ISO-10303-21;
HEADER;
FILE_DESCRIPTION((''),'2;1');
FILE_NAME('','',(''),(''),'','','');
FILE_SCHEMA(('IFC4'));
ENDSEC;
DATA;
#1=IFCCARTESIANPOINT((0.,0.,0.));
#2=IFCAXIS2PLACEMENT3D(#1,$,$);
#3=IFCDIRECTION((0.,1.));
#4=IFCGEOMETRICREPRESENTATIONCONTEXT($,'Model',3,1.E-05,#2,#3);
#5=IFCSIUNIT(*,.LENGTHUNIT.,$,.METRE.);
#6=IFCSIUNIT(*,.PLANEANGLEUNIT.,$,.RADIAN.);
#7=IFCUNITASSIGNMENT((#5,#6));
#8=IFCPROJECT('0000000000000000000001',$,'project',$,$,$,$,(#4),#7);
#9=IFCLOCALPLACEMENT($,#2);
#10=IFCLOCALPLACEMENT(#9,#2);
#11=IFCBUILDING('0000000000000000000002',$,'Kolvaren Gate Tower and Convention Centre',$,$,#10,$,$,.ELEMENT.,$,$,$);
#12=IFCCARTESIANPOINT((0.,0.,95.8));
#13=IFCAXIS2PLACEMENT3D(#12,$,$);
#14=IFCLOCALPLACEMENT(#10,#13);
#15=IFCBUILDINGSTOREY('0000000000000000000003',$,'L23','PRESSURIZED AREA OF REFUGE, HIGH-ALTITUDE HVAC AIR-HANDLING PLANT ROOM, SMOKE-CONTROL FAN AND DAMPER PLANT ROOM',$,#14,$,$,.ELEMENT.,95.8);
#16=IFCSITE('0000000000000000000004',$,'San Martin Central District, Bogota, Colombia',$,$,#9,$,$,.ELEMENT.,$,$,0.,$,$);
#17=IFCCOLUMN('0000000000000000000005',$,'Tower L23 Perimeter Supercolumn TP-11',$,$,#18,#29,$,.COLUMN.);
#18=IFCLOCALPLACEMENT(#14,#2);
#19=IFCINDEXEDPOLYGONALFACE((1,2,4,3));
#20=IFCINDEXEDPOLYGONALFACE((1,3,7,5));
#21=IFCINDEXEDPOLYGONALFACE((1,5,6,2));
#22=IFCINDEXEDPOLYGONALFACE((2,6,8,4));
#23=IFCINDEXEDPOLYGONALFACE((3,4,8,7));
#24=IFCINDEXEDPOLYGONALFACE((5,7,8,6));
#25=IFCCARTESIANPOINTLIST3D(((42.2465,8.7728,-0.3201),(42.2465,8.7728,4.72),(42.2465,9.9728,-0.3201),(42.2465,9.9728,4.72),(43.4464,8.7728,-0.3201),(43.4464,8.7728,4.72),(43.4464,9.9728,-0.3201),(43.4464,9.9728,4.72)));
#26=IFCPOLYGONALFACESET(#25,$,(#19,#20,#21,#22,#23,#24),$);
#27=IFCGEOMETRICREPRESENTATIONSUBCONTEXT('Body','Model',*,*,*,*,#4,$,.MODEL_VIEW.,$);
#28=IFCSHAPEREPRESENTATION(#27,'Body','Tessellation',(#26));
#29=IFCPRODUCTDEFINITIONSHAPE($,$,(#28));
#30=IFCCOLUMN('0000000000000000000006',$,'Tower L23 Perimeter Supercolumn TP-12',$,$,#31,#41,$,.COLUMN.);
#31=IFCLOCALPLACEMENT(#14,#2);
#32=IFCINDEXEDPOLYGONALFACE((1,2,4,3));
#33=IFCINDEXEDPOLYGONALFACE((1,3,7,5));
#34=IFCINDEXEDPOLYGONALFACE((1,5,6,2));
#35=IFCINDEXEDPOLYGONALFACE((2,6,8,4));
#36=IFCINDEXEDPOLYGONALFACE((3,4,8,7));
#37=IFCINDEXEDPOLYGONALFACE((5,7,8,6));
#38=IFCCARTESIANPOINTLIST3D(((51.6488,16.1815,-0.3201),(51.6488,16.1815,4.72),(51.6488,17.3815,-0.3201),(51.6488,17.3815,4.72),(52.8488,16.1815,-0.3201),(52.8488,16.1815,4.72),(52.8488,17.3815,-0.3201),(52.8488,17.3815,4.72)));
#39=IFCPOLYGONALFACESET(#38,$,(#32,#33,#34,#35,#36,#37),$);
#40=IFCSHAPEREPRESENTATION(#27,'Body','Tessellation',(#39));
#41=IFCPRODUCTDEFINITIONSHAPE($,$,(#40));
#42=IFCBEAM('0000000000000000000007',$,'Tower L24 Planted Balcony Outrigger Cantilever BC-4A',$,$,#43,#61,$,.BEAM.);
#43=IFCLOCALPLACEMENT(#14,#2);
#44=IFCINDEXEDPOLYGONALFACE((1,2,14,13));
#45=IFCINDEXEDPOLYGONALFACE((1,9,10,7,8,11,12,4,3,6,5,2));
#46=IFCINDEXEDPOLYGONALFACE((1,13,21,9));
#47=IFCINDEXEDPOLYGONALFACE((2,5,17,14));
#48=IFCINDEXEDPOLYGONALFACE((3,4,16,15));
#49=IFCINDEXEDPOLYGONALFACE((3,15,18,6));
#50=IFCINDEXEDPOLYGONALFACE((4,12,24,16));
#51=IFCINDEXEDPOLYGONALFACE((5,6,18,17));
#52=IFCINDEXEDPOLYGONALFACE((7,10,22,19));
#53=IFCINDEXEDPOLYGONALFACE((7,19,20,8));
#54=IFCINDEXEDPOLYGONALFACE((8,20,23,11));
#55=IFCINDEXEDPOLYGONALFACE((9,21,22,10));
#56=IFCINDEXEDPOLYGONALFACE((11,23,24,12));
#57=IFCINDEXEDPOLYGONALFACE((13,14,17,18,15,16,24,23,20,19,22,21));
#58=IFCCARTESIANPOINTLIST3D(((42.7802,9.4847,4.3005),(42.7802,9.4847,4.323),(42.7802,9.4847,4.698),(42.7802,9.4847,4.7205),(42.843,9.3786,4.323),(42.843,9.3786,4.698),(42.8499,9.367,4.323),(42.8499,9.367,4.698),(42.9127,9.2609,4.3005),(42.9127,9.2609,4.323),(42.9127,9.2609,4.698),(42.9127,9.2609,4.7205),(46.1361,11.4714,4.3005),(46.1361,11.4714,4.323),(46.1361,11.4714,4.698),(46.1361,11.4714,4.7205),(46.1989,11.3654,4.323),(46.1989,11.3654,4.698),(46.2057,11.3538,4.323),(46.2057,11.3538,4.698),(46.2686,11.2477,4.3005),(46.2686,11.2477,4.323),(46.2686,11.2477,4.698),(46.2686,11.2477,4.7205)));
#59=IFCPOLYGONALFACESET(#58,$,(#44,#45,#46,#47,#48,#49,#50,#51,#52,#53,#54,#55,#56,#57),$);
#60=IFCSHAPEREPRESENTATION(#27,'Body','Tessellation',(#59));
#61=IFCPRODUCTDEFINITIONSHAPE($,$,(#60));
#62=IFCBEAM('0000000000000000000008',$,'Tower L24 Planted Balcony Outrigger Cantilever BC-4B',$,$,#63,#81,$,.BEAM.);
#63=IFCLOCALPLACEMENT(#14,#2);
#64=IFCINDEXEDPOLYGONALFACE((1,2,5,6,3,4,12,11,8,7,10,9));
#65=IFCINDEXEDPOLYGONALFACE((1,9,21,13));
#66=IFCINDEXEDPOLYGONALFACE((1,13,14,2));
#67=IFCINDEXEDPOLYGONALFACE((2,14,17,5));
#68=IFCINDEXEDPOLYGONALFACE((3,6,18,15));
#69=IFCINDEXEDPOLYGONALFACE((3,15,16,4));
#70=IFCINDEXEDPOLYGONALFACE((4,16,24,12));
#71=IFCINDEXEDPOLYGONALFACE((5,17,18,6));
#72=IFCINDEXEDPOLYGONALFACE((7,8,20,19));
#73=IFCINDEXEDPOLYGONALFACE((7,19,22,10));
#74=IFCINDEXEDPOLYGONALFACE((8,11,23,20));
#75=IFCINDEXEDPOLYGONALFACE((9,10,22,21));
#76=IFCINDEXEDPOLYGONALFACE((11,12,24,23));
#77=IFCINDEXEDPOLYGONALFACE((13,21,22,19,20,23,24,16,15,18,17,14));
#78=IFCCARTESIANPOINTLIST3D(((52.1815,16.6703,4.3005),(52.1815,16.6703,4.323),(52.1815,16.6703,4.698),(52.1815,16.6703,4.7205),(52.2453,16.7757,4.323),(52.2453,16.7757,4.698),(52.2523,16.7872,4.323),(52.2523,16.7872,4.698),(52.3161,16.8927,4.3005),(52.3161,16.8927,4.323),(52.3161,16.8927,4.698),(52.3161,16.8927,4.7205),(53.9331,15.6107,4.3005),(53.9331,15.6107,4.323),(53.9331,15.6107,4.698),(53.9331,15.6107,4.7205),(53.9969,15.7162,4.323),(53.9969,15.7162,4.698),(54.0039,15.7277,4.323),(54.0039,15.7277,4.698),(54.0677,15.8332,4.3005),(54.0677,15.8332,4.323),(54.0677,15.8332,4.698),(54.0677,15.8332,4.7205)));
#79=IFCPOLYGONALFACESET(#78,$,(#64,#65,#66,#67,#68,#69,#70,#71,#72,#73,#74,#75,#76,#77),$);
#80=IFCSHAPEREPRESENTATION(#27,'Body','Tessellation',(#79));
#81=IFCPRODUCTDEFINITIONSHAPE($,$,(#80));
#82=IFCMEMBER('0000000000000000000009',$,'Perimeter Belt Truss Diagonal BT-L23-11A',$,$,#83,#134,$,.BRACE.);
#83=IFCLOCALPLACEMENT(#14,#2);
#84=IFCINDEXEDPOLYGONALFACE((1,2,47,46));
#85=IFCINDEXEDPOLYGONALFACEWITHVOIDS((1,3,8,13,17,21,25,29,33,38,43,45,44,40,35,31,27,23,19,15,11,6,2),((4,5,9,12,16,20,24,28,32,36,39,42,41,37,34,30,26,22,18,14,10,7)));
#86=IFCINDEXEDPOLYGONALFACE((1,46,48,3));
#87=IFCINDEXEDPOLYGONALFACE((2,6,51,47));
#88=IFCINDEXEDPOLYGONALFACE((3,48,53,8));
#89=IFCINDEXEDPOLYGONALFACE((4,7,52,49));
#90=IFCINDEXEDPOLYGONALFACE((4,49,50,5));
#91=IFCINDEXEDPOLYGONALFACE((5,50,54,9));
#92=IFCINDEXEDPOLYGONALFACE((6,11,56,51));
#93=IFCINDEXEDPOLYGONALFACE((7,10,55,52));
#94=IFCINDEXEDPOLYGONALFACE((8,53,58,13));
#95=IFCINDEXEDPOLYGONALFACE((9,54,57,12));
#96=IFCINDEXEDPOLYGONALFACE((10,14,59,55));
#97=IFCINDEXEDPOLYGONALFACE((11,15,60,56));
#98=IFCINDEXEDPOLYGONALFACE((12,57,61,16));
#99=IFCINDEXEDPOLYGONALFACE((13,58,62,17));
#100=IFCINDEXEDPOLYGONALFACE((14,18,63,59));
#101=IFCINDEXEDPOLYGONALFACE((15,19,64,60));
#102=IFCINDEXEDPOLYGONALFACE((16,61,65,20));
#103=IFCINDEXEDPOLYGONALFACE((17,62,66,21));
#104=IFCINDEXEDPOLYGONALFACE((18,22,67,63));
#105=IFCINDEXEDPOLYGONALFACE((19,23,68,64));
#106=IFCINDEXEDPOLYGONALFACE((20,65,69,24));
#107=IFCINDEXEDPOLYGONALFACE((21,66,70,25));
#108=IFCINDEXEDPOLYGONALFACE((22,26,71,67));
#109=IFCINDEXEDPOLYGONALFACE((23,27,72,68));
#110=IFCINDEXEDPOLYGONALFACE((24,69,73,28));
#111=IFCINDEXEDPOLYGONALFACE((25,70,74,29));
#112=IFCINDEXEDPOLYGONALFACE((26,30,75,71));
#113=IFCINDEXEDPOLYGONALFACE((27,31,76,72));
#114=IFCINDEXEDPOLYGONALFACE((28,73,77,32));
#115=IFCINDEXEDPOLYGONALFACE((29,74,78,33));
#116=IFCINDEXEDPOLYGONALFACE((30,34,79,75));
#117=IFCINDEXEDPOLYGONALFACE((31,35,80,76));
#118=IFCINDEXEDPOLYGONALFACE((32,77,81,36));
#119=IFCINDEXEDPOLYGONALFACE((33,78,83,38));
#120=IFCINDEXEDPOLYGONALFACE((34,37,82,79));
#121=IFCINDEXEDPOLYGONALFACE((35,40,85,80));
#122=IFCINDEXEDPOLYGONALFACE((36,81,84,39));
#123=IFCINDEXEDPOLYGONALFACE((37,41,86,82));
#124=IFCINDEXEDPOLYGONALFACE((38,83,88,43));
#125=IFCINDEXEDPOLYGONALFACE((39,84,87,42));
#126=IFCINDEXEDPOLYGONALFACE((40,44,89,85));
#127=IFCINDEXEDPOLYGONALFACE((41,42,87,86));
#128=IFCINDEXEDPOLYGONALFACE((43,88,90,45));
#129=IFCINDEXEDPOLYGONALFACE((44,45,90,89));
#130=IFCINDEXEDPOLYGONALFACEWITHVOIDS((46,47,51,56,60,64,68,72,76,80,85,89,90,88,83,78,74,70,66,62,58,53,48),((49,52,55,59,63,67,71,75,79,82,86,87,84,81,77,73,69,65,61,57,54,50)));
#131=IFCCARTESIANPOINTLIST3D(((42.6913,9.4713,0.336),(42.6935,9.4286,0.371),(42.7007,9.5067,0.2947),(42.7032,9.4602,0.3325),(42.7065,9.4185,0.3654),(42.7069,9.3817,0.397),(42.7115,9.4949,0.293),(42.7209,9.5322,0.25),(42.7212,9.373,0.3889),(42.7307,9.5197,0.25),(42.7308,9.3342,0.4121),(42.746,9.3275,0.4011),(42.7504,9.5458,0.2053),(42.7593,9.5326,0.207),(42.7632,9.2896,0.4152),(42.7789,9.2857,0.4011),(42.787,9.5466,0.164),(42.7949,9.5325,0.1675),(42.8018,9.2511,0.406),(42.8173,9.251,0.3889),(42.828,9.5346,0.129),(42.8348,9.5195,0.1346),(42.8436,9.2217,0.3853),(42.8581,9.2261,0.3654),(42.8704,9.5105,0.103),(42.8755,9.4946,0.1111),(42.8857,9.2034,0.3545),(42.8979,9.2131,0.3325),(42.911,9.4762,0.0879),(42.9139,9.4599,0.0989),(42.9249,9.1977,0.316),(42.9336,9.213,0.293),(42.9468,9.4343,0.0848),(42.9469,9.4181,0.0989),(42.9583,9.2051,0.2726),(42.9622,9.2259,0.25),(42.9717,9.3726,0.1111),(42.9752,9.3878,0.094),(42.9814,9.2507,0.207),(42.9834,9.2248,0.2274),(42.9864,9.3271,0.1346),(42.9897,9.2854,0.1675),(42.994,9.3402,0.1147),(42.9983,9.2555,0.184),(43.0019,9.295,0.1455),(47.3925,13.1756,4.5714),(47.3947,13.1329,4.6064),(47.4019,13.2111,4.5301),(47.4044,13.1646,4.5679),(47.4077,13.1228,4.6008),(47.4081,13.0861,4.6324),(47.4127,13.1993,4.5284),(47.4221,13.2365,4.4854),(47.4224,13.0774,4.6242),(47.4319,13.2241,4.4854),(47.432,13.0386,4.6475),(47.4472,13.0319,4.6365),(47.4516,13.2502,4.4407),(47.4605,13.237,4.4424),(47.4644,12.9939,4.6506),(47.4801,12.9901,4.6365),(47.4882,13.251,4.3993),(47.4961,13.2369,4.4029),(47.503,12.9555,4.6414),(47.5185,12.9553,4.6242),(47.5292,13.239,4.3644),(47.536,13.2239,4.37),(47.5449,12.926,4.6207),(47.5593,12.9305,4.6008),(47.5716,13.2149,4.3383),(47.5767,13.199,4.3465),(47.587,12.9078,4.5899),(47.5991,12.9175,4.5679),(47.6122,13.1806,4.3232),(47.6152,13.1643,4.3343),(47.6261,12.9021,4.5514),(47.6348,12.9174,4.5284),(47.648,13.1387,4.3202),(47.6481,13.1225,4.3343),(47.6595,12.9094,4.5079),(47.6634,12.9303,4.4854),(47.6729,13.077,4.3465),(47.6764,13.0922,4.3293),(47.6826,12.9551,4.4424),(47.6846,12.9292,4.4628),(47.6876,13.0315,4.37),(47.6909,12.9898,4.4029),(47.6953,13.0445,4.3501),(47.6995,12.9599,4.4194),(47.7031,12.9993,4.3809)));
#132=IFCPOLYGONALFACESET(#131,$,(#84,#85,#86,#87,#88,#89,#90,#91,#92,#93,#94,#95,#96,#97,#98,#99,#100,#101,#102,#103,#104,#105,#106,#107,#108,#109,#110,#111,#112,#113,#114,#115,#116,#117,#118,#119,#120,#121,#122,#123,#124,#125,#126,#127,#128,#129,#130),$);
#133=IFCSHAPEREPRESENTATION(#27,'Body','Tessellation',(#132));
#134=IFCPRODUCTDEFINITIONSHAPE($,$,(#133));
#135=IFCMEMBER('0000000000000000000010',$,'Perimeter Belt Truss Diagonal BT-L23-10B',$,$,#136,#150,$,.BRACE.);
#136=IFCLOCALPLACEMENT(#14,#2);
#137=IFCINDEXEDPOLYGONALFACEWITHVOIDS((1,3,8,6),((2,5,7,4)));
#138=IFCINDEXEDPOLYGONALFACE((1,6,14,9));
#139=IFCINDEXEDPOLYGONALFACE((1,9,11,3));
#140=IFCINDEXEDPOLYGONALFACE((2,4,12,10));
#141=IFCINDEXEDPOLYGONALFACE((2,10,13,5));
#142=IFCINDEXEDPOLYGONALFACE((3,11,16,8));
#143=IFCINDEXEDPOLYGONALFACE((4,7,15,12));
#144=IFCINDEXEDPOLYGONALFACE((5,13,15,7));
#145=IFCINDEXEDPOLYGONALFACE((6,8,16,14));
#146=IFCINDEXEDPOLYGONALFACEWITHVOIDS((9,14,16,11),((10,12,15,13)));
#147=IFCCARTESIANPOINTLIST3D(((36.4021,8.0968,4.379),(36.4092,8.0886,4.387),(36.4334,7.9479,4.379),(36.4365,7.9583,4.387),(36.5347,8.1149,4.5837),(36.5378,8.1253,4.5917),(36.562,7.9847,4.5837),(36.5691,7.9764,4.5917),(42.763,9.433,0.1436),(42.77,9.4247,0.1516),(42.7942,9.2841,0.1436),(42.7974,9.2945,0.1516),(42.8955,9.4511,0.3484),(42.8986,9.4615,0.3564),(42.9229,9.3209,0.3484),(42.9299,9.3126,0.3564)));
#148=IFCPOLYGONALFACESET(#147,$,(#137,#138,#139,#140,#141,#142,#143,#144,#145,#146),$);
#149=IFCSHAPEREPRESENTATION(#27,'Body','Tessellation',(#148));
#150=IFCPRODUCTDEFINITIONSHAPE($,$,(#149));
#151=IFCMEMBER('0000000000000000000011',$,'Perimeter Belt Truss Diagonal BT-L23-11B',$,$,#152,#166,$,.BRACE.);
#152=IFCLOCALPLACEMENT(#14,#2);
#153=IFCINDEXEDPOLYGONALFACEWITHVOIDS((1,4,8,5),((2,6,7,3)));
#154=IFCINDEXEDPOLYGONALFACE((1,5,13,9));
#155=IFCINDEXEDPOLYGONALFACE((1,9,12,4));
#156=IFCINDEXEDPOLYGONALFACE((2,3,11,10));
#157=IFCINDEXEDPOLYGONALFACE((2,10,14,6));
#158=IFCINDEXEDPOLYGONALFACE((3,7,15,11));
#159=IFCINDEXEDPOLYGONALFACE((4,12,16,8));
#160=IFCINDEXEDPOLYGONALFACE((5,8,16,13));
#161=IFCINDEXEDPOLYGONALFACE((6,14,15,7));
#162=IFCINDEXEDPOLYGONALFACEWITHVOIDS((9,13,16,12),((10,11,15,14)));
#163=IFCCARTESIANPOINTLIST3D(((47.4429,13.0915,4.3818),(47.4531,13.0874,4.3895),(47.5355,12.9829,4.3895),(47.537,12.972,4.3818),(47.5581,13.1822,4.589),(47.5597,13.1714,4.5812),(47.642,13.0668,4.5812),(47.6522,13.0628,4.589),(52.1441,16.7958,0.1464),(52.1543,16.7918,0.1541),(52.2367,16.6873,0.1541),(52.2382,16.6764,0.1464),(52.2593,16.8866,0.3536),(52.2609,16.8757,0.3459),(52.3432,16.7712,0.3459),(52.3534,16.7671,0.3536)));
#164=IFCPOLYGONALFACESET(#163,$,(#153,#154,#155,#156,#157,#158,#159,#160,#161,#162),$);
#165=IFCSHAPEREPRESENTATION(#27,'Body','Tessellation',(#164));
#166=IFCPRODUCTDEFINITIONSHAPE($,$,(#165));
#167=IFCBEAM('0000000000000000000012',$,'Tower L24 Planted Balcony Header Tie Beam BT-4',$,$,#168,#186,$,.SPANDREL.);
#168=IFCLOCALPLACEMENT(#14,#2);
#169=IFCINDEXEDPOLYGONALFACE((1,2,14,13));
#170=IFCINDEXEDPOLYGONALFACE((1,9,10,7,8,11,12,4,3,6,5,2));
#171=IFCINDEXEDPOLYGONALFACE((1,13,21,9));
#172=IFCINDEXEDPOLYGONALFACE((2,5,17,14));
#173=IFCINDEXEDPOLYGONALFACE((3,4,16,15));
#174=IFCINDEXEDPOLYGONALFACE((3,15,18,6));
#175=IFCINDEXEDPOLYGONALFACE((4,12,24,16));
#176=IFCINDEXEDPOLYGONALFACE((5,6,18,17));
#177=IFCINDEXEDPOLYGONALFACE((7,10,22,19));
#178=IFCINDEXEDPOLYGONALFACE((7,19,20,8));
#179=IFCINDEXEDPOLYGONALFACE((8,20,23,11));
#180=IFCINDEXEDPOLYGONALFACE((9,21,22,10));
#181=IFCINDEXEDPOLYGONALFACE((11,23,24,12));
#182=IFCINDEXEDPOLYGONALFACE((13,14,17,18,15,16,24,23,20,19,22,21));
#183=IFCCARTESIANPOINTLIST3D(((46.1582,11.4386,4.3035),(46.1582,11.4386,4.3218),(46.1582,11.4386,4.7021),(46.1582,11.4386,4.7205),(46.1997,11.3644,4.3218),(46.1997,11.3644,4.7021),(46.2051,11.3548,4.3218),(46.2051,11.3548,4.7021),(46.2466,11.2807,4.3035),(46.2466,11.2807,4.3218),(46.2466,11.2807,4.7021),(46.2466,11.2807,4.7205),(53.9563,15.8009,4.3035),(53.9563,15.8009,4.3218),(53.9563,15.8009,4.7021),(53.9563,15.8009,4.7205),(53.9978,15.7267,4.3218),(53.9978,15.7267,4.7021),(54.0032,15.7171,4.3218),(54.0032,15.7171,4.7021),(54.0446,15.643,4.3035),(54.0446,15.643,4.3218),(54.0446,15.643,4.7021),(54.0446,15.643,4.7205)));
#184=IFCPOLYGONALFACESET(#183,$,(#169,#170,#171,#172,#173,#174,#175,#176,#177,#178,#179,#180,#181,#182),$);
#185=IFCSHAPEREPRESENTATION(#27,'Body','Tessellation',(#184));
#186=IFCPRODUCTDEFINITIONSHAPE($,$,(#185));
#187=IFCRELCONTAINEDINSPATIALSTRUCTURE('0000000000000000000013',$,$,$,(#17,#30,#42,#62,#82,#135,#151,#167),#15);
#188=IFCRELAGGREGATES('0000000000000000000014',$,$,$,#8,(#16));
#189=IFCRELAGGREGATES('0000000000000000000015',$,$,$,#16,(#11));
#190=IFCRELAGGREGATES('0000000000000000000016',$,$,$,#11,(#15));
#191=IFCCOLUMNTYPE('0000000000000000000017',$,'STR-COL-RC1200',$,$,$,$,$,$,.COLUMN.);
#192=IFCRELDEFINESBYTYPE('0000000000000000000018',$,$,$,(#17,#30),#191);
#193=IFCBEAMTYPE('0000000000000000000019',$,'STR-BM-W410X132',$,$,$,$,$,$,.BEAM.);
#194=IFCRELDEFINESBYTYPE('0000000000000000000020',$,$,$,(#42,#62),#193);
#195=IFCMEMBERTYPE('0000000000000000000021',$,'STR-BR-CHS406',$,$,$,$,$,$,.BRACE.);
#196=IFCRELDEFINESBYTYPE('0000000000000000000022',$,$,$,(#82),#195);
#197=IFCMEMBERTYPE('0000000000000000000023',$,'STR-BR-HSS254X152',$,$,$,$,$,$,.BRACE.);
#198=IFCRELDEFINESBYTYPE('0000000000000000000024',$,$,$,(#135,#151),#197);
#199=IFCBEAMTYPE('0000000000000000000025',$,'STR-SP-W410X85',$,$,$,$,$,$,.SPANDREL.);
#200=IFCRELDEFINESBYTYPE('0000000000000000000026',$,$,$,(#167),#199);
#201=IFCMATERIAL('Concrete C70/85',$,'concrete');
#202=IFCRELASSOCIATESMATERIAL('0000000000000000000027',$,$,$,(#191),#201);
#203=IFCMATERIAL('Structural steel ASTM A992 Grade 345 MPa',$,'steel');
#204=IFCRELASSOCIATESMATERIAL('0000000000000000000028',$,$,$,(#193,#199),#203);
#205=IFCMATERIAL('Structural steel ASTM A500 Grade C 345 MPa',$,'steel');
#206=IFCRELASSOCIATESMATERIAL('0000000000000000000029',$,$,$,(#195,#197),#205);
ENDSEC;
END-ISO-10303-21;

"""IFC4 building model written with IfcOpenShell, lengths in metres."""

from ifc_helpers import new_model, si_unit, direction, frame, origin, origin_2d, place, context, subcontext, project, spatial, rectangle, hollow_rectangle, hollow_circle, i_section, extrude, material, material_profile, profile_set, type_object, element, save


model = new_model("IFC4")

# Units and contexts
model_context = context("Model", 3, precision=1e-05, world=origin(), true_north=direction((0.0, 1.0)))
body_context = subcontext(model_context, "Body", "Model", "MODEL_VIEW")
ifc_project = project(units=[si_unit("LENGTHUNIT", "METRE"), si_unit("PLANEANGLEUNIT", "RADIAN")], contexts=[model_context])

# Site, building, storey
site_placement = place(None, origin())
site = spatial("IfcSite", under=ifc_project, at=site_placement, Name="San Martin Central District, Bogota, Colombia", CompositionType="ELEMENT", RefElevation=0.0)
building_placement = place(site_placement, origin())
building = spatial("IfcBuilding", under=site, at=building_placement, Name="Kolvaren Gate Tower and Convention Centre", CompositionType="ELEMENT")
storey_placement = place(building_placement, frame((0.0, 0.0, 95.8)))
storey = spatial("IfcBuildingStorey", under=building, at=storey_placement, Name="L23", Description="PRESSURIZED AREA OF REFUGE, HIGH-ALTITUDE HVAC AIR-HANDLING PLANT ROOM, SMOKE-CONTROL FAN AND DAMPER PLANT ROOM", CompositionType="ELEMENT", Elevation=95.8)

# Columns
ifc_material_1 = material(Name="Concrete C70/85", Category="concrete")
ifc_material_profile_1 = material_profile(ifc_material_1, rectangle(XDim=1.2, YDim=1.2, at=origin_2d()), Name="RC-COL-1200X1200")
ifc_profile_set_1 = profile_set([ifc_material_profile_1], Name="Concrete C70/85")
column_type = type_object("IfcColumnType", Name="STR-COL-RC1200", PredefinedType="COLUMN", material=ifc_profile_set_1)
for number, where, z_axis, x_axis, name in (
    (1, (42.8464, 9.3728, -0.3201), (0.0, 0.0, 1.0), (1.0, 0.0, 0.0), "Tower L23 Perimeter Supercolumn TP-11"),
    (2, (52.2488, 16.7815, -0.3201), (0.0, 0.0, 1.0), (1.0, 0.0, 0.0), "Tower L23 Perimeter Supercolumn TP-12"),
):
    element("IfcColumn", number, at=place(storey_placement, frame(where, z_axis=z_axis, x_axis=x_axis)), inside=storey, type_object=column_type, Name=name, PredefinedType="COLUMN", context=body_context, shape_type="SweptSolid", body=[
        extrude(rectangle(XDim=1.2, YDim=1.2, at=origin_2d()), origin(), (0.0, 0.0, 1.0), 5.04),
    ])

# Beams
ifc_material_2 = material(Name="Structural steel ASTM A992 Grade 345 MPa", Category="steel")
ifc_material_profile_2 = material_profile(ifc_material_2, i_section(OverallWidth=0.26, OverallDepth=0.4199, WebThickness=0.0134, FlangeThickness=0.0225, at=origin_2d()), Name="W410X132")
ifc_profile_set_2 = profile_set([ifc_material_profile_2], Name="Structural steel ASTM A992 Grade 345 MPa")
beam_type_1 = type_object("IfcBeamType", Name="STR-BM-W410X132", PredefinedType="BEAM", material=ifc_profile_set_2)
beam_1_placement = place(storey_placement, frame((42.8464, 9.3728, 4.5105), z_axis=(0.860505, 0.509442, 0.0), x_axis=(-0.509442, 0.860505, 0.0)))
element("IfcBeam", 3, at=beam_1_placement, inside=storey, type_object=beam_type_1, Name="Tower L24 Planted Balcony Outrigger Cantilever BC-4A", PredefinedType="BEAM", context=body_context, shape_type="SweptSolid", body=[
    extrude(i_section(OverallWidth=0.26, OverallDepth=0.4199, WebThickness=0.0134, FlangeThickness=0.0225, at=origin_2d()), origin(), (0.0, 0.0, 1.0), 3.8999),
])
beam_2_placement = place(storey_placement, frame((52.2488, 16.7815, 4.5105), z_axis=(0.855646, -0.517561, 0.0), x_axis=(0.517561, 0.855646, 0.0)))
element("IfcBeam", 4, at=beam_2_placement, inside=storey, type_object=beam_type_1, Name="Tower L24 Planted Balcony Outrigger Cantilever BC-4B", PredefinedType="BEAM", context=body_context, shape_type="SweptSolid", body=[
    extrude(i_section(OverallWidth=0.26, OverallDepth=0.4199, WebThickness=0.0134, FlangeThickness=0.0225, at=origin_2d()), origin(), (0.0, 0.0, 1.0), 2.0471),
])

# Members
ifc_material_3 = material(Name="Structural steel ASTM A500 Grade C 345 MPa", Category="steel")
ifc_material_profile_3 = material_profile(ifc_material_3, hollow_circle(Radius=0.2029, WallThickness=0.0159, at=origin_2d()), Name="CHS406X15.9")
ifc_profile_set_3 = profile_set([ifc_material_profile_3], Name="Structural steel ASTM A500 Grade C 345 MPa")
member_type_1 = type_object("IfcMemberType", Name="STR-BR-CHS406", PredefinedType="BRACE", material=ifc_profile_set_3)
member_1_placement = place(storey_placement, frame((42.8464, 9.3728, 0.25), z_axis=(0.641167, 0.505215, 0.577636), x_axis=(-0.618913, 0.78546, 0.0)))
element("IfcMember", 5, at=member_1_placement, inside=storey, type_object=member_type_1, Name="Perimeter Belt Truss Diagonal BT-L23-11A", PredefinedType="BRACE", context=body_context, shape_type="SweptSolid", body=[
    extrude(hollow_circle(Radius=0.2029, WallThickness=0.0159, at=origin_2d()), origin(), (0.0, 0.0, 1.0), 7.3323),
])
ifc_material_profile_4 = material_profile(ifc_material_3, hollow_rectangle(XDim=0.1521, YDim=0.2539, WallThickness=0.0095, at=origin_2d()), Name="HSS254X152X9.5")
ifc_profile_set_4 = profile_set([ifc_material_profile_4], Name="Structural steel ASTM A500 Grade C 345 MPa")
member_type_2 = type_object("IfcMemberType", Name="STR-BR-HSS254X152", PredefinedType="BRACE", material=ifc_profile_set_4)
member_2_placement = place(storey_placement, frame((42.8464, 9.3728, 0.25), z_axis=(-0.819926, -0.172237, 0.545946), x_axis=(0.205577, -0.978641, 0.0)))
element("IfcMember", 6, at=member_2_placement, inside=storey, type_object=member_type_2, Name="Perimeter Belt Truss Diagonal BT-L23-10B", PredefinedType="BRACE", context=body_context, shape_type="SweptSolid", body=[
    extrude(hollow_rectangle(XDim=0.1521, YDim=0.2539, WallThickness=0.0095, at=origin_2d()), origin(), (0.0, 0.0, 1.0), 7.7578),
])
member_3_placement = place(storey_placement, frame((52.2488, 16.7815, 0.25), z_axis=(-0.641167, -0.505215, 0.577636), x_axis=(0.618913, -0.78546, 0.0)))
element("IfcMember", 7, at=member_3_placement, inside=storey, type_object=member_type_2, Name="Perimeter Belt Truss Diagonal BT-L23-11B", PredefinedType="BRACE", context=body_context, shape_type="SweptSolid", body=[
    extrude(hollow_rectangle(XDim=0.1521, YDim=0.2539, WallThickness=0.0095, at=origin_2d()), origin(), (0.0, 0.0, 1.0), 7.3323),
])

# Beam
ifc_material_profile_5 = material_profile(ifc_material_2, i_section(OverallWidth=0.1809, OverallDepth=0.417, WebThickness=0.011, FlangeThickness=0.0183, at=origin_2d()), Name="W410X85")
ifc_profile_set_5 = profile_set([ifc_material_profile_5], Name="Structural steel ASTM A992 Grade 345 MPa")
beam_type_2 = type_object("IfcBeamType", Name="STR-SP-W410X85", PredefinedType="SPANDREL", material=ifc_profile_set_5)
beam_3_placement = place(storey_placement, frame((46.2024, 11.3596, 4.512), z_axis=(0.872727, 0.488209, 0.0), x_axis=(-0.488209, 0.872727, 0.0)))
element("IfcBeam", 8, at=beam_3_placement, inside=storey, type_object=beam_type_2, Name="Tower L24 Planted Balcony Header Tie Beam BT-4", PredefinedType="SPANDREL", context=body_context, shape_type="SweptSolid", body=[
    extrude(i_section(OverallWidth=0.1809, OverallDepth=0.417, WebThickness=0.011, FlangeThickness=0.0183, at=origin_2d()), origin(), (0.0, 0.0, 1.0), 8.9353),
])

save(model, "model.ifc")
